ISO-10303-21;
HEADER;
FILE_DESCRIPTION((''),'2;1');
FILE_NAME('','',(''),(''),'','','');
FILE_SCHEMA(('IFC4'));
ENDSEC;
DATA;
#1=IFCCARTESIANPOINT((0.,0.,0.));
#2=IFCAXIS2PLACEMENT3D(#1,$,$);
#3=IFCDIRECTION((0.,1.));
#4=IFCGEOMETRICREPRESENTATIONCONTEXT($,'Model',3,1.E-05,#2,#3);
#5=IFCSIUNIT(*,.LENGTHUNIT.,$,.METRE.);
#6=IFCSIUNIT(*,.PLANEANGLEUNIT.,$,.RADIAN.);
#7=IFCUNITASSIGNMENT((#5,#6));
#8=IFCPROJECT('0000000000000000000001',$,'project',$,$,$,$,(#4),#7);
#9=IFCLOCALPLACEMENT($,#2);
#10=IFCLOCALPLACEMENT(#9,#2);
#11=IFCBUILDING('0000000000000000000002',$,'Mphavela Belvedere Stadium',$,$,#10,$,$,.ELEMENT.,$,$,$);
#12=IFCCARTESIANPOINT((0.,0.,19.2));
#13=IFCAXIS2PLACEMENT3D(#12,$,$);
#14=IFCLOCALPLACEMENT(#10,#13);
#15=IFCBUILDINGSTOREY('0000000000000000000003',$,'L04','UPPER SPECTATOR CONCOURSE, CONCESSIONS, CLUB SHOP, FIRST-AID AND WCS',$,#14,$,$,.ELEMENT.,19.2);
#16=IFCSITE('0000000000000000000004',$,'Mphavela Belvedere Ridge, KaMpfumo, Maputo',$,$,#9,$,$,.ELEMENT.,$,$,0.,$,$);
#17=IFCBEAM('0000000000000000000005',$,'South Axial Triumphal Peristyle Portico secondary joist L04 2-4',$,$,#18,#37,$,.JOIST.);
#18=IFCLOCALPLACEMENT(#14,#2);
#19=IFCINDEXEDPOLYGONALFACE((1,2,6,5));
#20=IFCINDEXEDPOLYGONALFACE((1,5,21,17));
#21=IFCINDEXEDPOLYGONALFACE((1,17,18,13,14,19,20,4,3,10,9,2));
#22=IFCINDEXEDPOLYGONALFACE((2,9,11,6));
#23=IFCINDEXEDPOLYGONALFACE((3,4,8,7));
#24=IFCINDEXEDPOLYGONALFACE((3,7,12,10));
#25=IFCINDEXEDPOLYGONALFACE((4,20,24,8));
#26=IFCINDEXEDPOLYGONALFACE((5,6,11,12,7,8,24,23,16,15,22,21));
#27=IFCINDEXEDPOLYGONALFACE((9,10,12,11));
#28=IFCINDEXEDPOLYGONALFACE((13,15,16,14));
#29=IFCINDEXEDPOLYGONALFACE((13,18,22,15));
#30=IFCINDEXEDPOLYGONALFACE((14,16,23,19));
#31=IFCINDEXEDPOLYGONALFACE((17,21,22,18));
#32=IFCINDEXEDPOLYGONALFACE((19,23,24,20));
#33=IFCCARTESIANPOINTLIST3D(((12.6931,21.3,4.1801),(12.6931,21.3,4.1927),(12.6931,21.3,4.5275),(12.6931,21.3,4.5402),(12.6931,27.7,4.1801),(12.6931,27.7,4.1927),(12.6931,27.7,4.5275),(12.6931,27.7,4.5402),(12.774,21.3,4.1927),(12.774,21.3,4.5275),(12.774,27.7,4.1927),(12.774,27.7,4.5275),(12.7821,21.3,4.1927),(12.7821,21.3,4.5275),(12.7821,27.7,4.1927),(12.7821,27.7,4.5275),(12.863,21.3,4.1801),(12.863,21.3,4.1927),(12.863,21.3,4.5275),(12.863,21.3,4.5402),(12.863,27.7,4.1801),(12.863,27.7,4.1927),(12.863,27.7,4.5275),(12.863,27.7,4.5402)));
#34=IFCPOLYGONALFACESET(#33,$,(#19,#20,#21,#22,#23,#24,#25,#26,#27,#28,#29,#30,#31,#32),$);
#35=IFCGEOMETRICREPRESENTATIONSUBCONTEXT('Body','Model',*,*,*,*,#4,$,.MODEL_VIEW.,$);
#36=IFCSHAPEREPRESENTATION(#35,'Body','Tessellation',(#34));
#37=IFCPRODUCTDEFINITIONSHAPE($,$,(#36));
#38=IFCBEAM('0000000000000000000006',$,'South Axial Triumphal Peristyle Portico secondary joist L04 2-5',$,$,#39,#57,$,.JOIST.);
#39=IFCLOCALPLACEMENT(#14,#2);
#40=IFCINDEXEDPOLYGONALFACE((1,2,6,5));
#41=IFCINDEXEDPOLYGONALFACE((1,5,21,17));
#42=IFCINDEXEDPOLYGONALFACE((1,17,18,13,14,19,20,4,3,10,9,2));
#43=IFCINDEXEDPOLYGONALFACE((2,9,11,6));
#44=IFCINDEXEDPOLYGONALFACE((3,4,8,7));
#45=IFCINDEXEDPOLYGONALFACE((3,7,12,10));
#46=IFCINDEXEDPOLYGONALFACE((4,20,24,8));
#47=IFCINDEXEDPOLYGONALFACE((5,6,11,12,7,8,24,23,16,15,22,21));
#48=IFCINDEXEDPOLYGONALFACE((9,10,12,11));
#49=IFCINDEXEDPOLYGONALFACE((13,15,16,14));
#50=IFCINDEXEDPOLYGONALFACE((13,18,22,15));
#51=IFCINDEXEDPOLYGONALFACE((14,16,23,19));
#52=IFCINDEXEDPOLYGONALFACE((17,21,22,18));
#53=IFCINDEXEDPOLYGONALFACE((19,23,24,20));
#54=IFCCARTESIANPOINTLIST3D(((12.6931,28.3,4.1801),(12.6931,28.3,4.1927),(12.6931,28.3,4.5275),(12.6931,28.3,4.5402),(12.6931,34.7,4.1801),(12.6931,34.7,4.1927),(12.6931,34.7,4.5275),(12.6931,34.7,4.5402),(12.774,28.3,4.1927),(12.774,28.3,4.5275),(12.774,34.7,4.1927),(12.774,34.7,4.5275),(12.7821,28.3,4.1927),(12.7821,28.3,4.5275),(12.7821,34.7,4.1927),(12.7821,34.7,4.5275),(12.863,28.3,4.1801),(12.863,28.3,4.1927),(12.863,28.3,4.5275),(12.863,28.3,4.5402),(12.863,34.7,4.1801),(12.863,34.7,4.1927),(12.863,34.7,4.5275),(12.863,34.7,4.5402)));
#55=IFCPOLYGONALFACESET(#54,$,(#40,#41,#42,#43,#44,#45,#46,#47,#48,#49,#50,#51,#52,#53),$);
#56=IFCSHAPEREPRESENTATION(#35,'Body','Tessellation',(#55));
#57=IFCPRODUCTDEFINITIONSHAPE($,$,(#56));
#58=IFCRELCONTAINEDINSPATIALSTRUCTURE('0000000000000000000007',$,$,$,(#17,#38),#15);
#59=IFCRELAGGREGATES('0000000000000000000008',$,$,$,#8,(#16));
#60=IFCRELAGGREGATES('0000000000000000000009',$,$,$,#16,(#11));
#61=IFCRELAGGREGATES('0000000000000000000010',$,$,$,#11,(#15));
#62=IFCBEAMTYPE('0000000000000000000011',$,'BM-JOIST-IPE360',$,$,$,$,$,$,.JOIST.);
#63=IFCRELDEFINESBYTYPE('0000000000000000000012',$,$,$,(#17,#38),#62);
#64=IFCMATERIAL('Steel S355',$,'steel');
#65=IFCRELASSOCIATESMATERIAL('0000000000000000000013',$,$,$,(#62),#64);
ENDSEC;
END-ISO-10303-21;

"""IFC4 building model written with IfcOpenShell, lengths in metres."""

from ifc_helpers import new_model, si_unit, direction, frame, origin, origin_2d, place, context, subcontext, project, spatial, i_section, extrude, material, material_profile, profile_set, type_object, element, save


model = new_model("IFC4")

# Units and contexts
model_context = context("Model", 3, precision=1e-05, world=origin(), true_north=direction((0.0, 1.0)))
body_context = subcontext(model_context, "Body", "Model", "MODEL_VIEW")
ifc_project = project(units=[si_unit("LENGTHUNIT", "METRE"), si_unit("PLANEANGLEUNIT", "RADIAN")], contexts=[model_context])

# Site, building, storey
site_placement = place(None, origin())
site = spatial("IfcSite", under=ifc_project, at=site_placement, Name="Mphavela Belvedere Ridge, KaMpfumo, Maputo", CompositionType="ELEMENT", RefElevation=0.0)
building_placement = place(site_placement, origin())
building = spatial("IfcBuilding", under=site, at=building_placement, Name="Mphavela Belvedere Stadium", CompositionType="ELEMENT")
storey_placement = place(building_placement, frame((0.0, 0.0, 19.2)))
storey = spatial("IfcBuildingStorey", under=building, at=storey_placement, Name="L04", Description="UPPER SPECTATOR CONCOURSE, CONCESSIONS, CLUB SHOP, FIRST-AID AND WCS", CompositionType="ELEMENT", Elevation=19.2)

# Beams
ifc_material_1 = material(Name="Steel S355", Category="steel")
ifc_material_profile_1 = material_profile(ifc_material_1, i_section(OverallWidth=0.1699, OverallDepth=0.3601, WebThickness=0.0081, FlangeThickness=0.0127, at=origin_2d()), Name="IPE 360")
ifc_profile_set_1 = profile_set([ifc_material_profile_1], Name="Steel S355")
beam_type_1 = type_object("IfcBeamType", Name="BM-JOIST-IPE360", PredefinedType="JOIST", material=ifc_profile_set_1)
for number, where, z_axis, x_axis, name in (
    (1, (12.7781, 21.3, 4.3601), (0.0, 1.0, 0.0), (-1.0, 0.0, 0.0), "South Axial Triumphal Peristyle Portico secondary joist L04 2-4"),
    (2, (12.7781, 28.3, 4.3601), (0.0, 1.0, 0.0), (-1.0, 0.0, 0.0), "South Axial Triumphal Peristyle Portico secondary joist L04 2-5"),
):
    element("IfcBeam", number, at=place(storey_placement, frame(where, z_axis=z_axis, x_axis=x_axis)), inside=storey, type_object=beam_type_1, Name=name, PredefinedType="JOIST", context=body_context, shape_type="SweptSolid", body=[
        extrude(i_section(OverallWidth=0.1699, OverallDepth=0.3601, WebThickness=0.0081, FlangeThickness=0.0127, at=origin_2d()), origin(), (0.0, 0.0, 1.0), 6.3999),
    ])

save(model, "model.ifc")
